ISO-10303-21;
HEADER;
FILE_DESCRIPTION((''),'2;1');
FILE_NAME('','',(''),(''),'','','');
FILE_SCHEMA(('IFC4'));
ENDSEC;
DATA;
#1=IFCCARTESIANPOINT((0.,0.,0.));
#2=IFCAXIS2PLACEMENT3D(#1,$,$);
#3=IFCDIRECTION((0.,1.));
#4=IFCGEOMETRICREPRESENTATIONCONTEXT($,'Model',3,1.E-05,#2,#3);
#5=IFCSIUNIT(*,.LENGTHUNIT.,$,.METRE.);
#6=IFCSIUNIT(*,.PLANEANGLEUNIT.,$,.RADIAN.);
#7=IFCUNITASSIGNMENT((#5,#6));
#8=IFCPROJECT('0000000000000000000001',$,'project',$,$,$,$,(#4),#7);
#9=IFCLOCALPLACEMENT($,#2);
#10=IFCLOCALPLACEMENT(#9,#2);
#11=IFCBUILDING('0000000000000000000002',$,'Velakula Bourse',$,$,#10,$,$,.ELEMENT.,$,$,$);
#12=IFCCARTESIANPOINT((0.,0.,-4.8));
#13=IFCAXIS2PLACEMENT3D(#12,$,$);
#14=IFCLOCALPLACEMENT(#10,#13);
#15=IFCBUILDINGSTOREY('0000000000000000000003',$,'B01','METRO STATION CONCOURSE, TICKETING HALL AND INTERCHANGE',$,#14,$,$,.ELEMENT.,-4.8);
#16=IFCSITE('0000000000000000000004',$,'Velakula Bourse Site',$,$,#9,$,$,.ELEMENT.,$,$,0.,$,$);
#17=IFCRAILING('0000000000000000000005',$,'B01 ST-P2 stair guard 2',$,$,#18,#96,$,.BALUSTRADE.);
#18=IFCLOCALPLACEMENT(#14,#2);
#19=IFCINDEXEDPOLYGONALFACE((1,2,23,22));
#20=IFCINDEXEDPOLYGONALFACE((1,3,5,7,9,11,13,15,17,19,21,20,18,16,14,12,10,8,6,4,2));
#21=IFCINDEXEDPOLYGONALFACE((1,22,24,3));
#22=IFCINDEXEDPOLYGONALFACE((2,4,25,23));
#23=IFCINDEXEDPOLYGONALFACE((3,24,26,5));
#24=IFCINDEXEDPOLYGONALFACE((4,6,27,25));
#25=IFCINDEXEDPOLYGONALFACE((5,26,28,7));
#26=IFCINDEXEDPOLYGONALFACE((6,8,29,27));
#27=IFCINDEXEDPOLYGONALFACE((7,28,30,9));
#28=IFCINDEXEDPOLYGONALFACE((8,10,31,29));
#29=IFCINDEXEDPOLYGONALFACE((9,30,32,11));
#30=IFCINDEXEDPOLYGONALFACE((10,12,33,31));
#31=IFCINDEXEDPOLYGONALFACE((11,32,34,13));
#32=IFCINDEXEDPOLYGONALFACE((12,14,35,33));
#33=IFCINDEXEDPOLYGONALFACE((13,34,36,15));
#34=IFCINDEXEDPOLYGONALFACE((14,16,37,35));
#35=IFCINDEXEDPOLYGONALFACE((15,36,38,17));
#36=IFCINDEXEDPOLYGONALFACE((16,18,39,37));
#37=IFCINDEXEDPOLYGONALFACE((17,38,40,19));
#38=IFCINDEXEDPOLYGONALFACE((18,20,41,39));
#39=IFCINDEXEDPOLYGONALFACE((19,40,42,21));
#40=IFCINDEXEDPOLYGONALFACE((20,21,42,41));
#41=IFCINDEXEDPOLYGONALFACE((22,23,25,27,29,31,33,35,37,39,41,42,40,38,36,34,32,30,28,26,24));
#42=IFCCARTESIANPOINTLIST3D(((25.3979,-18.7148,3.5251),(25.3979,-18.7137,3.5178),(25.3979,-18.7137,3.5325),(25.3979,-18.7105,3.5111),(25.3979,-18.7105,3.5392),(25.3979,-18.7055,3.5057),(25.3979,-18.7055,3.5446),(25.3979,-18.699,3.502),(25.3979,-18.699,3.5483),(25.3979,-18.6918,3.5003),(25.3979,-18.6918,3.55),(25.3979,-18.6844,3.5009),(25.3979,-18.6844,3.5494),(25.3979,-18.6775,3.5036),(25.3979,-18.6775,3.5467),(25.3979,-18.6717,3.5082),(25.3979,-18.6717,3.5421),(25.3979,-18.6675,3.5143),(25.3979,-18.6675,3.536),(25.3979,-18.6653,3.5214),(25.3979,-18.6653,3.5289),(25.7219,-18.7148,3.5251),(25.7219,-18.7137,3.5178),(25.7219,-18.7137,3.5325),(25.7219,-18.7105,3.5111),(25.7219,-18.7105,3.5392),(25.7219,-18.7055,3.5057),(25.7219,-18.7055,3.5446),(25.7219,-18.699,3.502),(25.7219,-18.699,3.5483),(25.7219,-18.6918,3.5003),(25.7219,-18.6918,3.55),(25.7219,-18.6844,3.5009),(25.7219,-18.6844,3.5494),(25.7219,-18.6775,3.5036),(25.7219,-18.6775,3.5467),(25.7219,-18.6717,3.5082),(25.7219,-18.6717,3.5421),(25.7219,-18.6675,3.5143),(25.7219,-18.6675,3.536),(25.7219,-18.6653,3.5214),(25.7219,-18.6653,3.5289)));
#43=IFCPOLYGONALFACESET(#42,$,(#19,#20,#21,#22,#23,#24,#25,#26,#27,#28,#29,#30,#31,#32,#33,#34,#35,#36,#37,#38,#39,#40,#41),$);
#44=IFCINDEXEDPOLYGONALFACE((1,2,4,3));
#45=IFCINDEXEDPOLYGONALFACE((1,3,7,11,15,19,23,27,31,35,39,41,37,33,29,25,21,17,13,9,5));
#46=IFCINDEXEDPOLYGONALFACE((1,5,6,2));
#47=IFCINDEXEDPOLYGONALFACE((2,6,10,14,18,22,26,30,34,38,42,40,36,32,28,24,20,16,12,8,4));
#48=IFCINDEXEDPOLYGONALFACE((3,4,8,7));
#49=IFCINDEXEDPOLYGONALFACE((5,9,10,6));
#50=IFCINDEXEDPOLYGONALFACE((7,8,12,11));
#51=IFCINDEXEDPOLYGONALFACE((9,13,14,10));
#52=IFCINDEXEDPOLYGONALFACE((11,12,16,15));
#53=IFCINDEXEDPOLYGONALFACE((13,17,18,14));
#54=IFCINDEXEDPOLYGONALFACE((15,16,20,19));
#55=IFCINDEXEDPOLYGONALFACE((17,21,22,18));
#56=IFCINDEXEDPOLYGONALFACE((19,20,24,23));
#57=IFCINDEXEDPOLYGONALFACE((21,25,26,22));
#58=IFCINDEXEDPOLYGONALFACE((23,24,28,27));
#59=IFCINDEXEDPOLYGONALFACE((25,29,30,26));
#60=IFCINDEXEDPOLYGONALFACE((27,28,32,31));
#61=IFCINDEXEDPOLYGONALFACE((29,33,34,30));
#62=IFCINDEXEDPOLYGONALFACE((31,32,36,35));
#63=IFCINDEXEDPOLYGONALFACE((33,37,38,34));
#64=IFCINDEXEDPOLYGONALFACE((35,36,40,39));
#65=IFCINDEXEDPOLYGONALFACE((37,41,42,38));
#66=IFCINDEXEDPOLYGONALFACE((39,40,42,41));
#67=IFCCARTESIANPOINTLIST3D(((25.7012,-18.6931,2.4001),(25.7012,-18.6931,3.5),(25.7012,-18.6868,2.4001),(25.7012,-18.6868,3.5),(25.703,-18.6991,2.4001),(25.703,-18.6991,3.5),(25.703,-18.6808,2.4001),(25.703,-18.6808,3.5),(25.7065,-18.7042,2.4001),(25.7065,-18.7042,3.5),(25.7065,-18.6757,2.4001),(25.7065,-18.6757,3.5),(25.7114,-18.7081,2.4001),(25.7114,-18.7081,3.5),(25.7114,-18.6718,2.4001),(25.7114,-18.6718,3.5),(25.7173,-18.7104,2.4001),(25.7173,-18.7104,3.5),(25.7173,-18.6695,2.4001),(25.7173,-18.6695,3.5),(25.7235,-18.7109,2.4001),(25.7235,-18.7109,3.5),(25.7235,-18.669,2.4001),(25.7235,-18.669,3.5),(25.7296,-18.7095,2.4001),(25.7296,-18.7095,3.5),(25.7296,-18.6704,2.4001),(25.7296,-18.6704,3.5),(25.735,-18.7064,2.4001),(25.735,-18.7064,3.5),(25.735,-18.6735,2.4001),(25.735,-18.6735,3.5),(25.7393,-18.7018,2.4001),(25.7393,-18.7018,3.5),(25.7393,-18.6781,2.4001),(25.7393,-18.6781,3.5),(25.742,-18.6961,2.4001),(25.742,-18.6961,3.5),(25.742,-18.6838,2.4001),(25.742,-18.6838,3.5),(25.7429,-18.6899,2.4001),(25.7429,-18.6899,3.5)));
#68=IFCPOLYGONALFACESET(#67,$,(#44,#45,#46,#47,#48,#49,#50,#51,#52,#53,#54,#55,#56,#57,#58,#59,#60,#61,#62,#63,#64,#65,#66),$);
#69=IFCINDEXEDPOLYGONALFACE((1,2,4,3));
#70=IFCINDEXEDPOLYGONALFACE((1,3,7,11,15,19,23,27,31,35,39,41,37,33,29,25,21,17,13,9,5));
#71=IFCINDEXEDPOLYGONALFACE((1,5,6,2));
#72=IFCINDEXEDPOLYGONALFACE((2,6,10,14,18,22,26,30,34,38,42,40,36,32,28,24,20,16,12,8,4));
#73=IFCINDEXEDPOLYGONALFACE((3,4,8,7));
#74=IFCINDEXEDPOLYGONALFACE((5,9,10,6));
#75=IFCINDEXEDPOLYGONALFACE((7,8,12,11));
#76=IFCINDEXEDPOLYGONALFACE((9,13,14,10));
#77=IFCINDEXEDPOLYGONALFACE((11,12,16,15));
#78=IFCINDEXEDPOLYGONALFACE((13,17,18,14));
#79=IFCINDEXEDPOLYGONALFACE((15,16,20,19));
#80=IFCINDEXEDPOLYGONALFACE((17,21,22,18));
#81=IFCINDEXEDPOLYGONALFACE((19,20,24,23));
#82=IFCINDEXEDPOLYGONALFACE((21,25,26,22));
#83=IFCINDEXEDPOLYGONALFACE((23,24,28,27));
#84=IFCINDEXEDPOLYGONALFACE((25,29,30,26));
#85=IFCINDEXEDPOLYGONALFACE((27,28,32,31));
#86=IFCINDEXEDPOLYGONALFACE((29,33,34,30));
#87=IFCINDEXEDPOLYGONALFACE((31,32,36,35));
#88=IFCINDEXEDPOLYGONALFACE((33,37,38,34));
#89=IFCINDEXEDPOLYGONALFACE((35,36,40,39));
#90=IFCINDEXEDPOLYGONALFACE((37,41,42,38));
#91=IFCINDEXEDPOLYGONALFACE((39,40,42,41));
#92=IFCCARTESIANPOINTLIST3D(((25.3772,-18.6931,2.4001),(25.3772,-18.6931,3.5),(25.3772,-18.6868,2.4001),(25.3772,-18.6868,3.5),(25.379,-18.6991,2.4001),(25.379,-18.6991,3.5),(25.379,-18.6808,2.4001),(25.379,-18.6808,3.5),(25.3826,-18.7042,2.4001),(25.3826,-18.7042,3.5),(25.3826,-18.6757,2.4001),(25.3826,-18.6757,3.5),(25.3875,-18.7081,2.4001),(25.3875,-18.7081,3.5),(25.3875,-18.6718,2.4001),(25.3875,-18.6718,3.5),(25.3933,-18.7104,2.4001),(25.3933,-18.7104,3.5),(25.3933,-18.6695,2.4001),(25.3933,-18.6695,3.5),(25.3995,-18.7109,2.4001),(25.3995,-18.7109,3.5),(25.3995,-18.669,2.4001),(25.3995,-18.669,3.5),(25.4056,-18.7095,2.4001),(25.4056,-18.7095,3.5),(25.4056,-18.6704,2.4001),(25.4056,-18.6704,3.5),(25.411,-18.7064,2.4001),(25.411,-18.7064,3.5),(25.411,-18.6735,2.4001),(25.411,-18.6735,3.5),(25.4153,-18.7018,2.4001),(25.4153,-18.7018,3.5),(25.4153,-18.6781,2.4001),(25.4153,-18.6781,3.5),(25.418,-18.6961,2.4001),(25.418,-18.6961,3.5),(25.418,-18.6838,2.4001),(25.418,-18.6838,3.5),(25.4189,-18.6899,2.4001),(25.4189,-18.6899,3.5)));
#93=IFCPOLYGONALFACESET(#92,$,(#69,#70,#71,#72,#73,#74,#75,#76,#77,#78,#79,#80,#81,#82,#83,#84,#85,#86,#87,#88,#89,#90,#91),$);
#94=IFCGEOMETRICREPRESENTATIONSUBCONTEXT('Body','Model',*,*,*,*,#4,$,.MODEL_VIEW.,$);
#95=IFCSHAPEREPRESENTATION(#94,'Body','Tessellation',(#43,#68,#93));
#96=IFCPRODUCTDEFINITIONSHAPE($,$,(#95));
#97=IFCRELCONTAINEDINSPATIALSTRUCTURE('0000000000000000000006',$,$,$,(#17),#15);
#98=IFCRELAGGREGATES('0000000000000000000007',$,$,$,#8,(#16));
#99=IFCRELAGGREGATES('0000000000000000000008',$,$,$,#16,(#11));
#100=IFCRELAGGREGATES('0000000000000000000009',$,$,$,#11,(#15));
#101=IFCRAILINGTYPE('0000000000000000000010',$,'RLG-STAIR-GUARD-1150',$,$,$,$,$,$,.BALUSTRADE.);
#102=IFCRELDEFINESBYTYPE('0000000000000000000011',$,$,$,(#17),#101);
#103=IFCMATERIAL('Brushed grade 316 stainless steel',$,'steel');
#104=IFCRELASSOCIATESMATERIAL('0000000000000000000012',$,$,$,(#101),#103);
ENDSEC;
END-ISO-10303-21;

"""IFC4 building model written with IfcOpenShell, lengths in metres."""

from ifc_helpers import new_model, si_unit, direction, frame, origin, origin_2d, place, context, subcontext, project, spatial, circle, extrude, material, type_object, element, save


model = new_model("IFC4")

# Units and contexts
model_context = context("Model", 3, precision=1e-05, world=origin(), true_north=direction((0.0, 1.0)))
body_context = subcontext(model_context, "Body", "Model", "MODEL_VIEW")
ifc_project = project(units=[si_unit("LENGTHUNIT", "METRE"), si_unit("PLANEANGLEUNIT", "RADIAN")], contexts=[model_context])

# Site, building, storey
site_placement = place(None, origin())
site = spatial("IfcSite", under=ifc_project, at=site_placement, Name="Velakula Bourse Site", CompositionType="ELEMENT", RefElevation=0.0)
building_placement = place(site_placement, origin())
building = spatial("IfcBuilding", under=site, at=building_placement, Name="Velakula Bourse", CompositionType="ELEMENT")
storey_placement = place(building_placement, frame((0.0, 0.0, -4.8)))
storey = spatial("IfcBuildingStorey", under=building, at=storey_placement, Name="B01", Description="METRO STATION CONCOURSE, TICKETING HALL AND INTERCHANGE", CompositionType="ELEMENT", Elevation=-4.8)

# Railing
ifc_material_1 = material(Name="Brushed grade 316 stainless steel", Category="steel")
railing_type_1 = type_object("IfcRailingType", Name="RLG-STAIR-GUARD-1150", PredefinedType="BALUSTRADE", material=ifc_material_1)
railing_1_placement = place(storey_placement, frame((25.7219, -18.6899, 2.4001)))
element("IfcRailing", 1, at=railing_1_placement, inside=storey, type_object=railing_type_1, Name="B01 ST-P2 stair guard 2", PredefinedType="BALUSTRADE", context=body_context, shape_type="SweptSolid", body=[
    extrude(circle(Radius=0.0249, at=origin_2d()), frame((0.0, 0.0, 1.125), z_axis=(-1.0, 0.0, 0.0), x_axis=(0.0, -1.0, 0.0)), (0.0, 0.0, 1.0), 0.324),
    extrude(circle(Radius=0.021, at=origin_2d()), origin(), (0.0, 0.0, 1.0), 1.0999),
    extrude(circle(Radius=0.021, at=origin_2d()), frame((-0.324, 0.0, 0.0)), (0.0, 0.0, 1.0), 1.0999),
])

save(model, "model.ifc")
